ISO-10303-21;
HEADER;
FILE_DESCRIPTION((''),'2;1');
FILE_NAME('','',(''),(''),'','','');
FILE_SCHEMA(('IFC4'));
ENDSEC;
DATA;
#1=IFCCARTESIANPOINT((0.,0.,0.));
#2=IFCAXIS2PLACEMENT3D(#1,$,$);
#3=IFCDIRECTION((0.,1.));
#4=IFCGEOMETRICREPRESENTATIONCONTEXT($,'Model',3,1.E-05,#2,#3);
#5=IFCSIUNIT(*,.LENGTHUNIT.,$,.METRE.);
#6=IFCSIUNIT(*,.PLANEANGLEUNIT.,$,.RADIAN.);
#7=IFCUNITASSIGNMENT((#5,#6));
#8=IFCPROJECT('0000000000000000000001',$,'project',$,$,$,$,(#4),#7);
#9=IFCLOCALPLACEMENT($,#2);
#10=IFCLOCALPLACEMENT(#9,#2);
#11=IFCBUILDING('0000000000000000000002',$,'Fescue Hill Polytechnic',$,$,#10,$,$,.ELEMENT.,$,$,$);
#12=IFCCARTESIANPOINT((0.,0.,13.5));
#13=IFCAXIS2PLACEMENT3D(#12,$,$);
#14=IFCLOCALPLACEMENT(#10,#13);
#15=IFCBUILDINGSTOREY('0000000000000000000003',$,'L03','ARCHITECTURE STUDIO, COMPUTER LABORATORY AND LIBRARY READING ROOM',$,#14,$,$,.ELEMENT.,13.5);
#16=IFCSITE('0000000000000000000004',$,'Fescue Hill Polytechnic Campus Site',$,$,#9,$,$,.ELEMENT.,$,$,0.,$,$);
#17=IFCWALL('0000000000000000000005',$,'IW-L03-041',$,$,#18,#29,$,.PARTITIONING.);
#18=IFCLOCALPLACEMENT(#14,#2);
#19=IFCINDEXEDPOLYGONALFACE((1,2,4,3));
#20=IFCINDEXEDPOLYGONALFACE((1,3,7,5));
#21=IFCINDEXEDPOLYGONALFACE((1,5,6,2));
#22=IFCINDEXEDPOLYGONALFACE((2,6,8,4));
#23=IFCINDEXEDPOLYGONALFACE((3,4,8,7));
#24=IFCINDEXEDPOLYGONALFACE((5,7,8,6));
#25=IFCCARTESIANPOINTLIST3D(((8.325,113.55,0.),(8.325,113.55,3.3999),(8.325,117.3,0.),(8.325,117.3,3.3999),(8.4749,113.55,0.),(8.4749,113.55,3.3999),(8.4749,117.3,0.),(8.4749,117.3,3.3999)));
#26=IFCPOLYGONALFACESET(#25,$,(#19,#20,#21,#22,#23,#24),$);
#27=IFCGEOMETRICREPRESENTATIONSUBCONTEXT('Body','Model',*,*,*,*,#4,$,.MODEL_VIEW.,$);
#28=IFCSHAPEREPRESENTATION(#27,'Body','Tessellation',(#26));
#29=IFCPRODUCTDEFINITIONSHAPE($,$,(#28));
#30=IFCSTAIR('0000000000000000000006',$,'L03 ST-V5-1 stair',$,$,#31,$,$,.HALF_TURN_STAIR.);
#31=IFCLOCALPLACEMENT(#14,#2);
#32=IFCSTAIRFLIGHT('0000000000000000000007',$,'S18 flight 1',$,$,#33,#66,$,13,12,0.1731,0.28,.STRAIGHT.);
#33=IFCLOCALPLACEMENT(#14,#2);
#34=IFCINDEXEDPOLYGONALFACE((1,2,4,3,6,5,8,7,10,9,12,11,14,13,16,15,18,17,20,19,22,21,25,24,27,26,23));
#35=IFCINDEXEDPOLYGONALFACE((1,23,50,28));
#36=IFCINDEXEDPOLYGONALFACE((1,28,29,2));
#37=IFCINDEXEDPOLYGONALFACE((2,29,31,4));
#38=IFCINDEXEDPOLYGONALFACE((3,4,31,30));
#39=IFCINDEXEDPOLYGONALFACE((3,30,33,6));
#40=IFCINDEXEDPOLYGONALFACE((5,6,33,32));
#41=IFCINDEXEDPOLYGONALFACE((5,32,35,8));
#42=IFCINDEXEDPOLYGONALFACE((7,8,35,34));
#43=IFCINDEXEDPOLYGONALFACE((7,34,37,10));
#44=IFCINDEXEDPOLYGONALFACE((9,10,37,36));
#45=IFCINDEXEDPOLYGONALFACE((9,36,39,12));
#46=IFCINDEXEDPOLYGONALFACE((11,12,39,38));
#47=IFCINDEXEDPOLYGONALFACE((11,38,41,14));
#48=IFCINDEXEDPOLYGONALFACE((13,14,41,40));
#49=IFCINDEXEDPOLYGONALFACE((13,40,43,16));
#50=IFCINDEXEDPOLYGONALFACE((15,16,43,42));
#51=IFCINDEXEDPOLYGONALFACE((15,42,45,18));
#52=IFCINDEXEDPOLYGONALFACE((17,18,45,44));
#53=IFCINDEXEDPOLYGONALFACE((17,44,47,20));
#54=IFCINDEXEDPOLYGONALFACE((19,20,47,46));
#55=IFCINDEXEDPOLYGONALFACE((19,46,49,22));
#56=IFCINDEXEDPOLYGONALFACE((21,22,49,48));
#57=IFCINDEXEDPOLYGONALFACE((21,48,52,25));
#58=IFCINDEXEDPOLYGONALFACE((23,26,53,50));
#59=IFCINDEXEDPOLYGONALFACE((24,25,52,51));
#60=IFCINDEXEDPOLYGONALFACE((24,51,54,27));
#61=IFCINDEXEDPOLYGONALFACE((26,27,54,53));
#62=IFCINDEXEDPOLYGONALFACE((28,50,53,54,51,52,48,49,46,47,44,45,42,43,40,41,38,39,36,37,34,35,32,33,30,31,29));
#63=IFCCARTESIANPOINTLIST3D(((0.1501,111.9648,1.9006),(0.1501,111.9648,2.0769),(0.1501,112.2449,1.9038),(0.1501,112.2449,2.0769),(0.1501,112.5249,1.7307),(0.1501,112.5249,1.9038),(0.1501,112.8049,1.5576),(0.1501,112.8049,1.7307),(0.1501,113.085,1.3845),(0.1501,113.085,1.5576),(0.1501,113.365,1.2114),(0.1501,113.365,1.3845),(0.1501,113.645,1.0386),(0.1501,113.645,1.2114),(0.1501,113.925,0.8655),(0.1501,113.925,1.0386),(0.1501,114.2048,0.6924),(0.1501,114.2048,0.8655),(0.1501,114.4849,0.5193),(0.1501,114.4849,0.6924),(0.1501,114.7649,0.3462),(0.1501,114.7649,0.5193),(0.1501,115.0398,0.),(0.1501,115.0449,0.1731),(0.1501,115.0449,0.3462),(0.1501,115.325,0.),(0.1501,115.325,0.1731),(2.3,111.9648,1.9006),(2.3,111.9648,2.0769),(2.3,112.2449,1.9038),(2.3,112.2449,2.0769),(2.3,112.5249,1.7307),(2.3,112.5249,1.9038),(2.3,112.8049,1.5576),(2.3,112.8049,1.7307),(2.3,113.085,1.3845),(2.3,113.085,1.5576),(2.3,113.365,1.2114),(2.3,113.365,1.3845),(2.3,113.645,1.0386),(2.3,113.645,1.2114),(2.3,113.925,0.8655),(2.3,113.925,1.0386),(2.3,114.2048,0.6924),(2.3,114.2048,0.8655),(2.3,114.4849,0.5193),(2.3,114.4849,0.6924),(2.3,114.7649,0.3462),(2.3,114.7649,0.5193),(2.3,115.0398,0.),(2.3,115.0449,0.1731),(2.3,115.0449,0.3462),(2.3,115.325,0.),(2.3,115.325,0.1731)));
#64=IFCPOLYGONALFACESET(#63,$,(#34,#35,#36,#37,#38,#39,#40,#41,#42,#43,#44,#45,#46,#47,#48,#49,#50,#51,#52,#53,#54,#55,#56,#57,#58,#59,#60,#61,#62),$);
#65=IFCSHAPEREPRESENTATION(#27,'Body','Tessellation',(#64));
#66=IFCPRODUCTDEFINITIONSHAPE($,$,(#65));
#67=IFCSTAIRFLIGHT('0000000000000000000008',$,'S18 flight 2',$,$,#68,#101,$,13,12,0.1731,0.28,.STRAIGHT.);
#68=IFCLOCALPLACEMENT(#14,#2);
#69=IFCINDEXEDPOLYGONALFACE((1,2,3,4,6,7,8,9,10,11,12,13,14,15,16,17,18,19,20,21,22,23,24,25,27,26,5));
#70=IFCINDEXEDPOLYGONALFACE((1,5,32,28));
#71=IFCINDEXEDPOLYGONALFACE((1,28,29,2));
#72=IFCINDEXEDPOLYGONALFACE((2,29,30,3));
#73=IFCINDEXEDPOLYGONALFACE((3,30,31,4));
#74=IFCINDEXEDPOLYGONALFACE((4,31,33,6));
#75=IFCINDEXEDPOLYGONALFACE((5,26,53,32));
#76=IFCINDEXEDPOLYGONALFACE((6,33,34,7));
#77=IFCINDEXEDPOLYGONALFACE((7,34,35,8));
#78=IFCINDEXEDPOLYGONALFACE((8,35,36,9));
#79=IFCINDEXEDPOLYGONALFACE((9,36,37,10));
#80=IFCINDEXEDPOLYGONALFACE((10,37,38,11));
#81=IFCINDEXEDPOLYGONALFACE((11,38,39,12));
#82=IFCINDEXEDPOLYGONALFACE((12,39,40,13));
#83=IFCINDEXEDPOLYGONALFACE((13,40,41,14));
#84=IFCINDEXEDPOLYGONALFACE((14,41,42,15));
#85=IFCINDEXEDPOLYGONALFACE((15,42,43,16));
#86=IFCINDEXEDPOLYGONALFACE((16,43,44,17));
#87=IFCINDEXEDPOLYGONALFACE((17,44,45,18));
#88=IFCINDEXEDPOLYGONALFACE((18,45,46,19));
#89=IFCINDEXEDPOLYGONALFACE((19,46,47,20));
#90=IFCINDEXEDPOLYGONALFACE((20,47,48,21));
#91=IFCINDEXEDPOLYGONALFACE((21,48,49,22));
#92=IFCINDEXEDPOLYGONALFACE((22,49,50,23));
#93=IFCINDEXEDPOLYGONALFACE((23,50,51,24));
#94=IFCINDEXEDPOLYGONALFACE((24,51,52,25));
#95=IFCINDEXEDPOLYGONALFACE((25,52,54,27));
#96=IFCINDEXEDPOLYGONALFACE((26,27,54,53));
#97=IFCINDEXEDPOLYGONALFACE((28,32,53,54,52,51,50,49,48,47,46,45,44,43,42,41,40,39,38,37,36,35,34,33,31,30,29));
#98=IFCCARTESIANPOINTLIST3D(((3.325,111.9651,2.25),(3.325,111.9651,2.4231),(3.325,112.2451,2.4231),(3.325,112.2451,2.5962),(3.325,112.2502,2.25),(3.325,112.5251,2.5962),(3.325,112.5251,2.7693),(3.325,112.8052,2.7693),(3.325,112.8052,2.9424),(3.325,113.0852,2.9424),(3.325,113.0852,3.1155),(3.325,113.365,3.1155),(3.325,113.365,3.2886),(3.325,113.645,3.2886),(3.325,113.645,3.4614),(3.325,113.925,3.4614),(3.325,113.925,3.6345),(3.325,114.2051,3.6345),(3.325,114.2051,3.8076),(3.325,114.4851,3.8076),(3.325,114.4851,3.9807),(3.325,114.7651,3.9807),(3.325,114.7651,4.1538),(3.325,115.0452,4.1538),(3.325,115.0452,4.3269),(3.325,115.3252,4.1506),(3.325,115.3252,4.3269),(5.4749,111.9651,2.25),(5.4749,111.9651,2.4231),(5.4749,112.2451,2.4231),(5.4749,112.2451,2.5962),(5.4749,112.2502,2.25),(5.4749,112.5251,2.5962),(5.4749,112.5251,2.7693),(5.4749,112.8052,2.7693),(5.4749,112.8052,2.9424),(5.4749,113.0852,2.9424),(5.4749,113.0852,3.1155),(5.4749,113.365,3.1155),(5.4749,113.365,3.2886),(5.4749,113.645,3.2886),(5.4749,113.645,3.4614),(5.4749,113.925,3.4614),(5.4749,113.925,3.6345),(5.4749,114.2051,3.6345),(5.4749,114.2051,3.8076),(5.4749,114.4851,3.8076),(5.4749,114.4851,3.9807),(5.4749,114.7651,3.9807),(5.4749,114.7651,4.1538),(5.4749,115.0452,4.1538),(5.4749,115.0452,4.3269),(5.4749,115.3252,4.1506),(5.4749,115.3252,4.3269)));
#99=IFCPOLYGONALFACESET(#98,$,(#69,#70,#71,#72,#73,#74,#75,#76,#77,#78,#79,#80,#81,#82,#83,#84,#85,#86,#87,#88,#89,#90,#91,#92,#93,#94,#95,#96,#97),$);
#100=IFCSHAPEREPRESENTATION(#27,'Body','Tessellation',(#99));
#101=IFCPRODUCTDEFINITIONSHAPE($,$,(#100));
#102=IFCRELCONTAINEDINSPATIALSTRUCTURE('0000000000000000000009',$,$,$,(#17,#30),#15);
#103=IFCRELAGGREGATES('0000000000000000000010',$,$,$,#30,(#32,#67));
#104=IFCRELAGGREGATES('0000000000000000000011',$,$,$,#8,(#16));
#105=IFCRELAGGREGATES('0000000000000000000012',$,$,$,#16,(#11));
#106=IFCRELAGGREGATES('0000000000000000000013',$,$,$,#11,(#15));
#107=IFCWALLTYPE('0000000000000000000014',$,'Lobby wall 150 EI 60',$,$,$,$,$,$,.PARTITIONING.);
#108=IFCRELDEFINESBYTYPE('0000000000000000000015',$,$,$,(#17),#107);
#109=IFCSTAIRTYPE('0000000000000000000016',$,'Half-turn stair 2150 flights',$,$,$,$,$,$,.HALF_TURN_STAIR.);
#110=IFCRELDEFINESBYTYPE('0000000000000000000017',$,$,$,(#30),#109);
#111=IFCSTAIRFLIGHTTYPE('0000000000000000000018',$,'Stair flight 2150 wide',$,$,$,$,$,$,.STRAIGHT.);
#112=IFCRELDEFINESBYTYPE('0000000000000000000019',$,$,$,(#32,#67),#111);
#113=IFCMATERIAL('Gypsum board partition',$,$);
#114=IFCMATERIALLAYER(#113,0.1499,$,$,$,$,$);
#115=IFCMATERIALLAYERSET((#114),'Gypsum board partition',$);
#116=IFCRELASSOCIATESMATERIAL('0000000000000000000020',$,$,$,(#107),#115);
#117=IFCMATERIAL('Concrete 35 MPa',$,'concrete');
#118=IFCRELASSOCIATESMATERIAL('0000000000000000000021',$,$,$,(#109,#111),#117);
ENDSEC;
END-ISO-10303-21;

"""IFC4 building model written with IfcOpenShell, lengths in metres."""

from ifc_helpers import new_model, si_unit, direction, frame, frame_2d, origin, place, context, subcontext, project, spatial, polyline, rectangle, outline, extrude, material, layer, layer_set, type_object, element, aggregate, save


model = new_model("IFC4")

# Units and contexts
model_context = context("Model", 3, precision=1e-05, world=origin(), true_north=direction((0.0, 1.0)))
body_context = subcontext(model_context, "Body", "Model", "MODEL_VIEW")
ifc_project = project(units=[si_unit("LENGTHUNIT", "METRE"), si_unit("PLANEANGLEUNIT", "RADIAN")], contexts=[model_context])

# Site, building, storey
site_placement = place(None, origin())
site = spatial("IfcSite", under=ifc_project, at=site_placement, Name="Fescue Hill Polytechnic Campus Site", CompositionType="ELEMENT", RefElevation=0.0)
building_placement = place(site_placement, origin())
building = spatial("IfcBuilding", under=site, at=building_placement, Name="Fescue Hill Polytechnic", CompositionType="ELEMENT")
storey_placement = place(building_placement, frame((0.0, 0.0, 13.5)))
storey = spatial("IfcBuildingStorey", under=building, at=storey_placement, Name="L03", Description="ARCHITECTURE STUDIO, COMPUTER LABORATORY AND LIBRARY READING ROOM", CompositionType="ELEMENT", Elevation=13.5)

# Shared definitions
ifc_material_1 = material(Name="Concrete 35 MPa", Category="concrete")

# Wall
ifc_material_2 = material(Name="Gypsum board partition")
ifc_layer_1 = layer(ifc_material_2, 0.1499)
ifc_layer_set_1 = layer_set([ifc_layer_1], Name="Gypsum board partition")
wall_type_1 = type_object("IfcWallType", Name="Lobby wall 150 EI 60", PredefinedType="PARTITIONING", material=ifc_layer_set_1)
wall_1_placement = place(storey_placement, frame((8.3999, 113.55, 0.0), z_axis=(0.0, 0.0, 1.0), x_axis=(0.0, 1.0, 0.0)))
element("IfcWall", 1, at=wall_1_placement, inside=storey, type_object=wall_type_1, Name="IW-L03-041", PredefinedType="PARTITIONING", context=body_context, shape_type="SweptSolid", body=[
    extrude(rectangle(XDim=3.75, YDim=0.1499, at=frame_2d((1.875, 0.0))), origin(), (0.0, 0.0, 1.0), 3.3999),
])

# Stair, stair flights
stair_type = type_object("IfcStairType", Name="Half-turn stair 2150 flights", PredefinedType="HALF_TURN_STAIR", material=ifc_material_1)
stair_placement = place(storey_placement, origin())
stair = element("IfcStair", 2, at=stair_placement, inside=storey, type_object=stair_type, Name="L03 ST-V5-1 stair", PredefinedType="HALF_TURN_STAIR")
stair_flight_type = type_object("IfcStairFlightType", Name="Stair flight 2150 wide", PredefinedType="STRAIGHT", material=ifc_material_1)
stair_flight_1_placement = place(storey_placement, frame((1.2251, 115.325, 0.0), z_axis=(0.0, 0.0, 1.0), x_axis=(0.0, -1.0, 0.0)))
stair_flight_1 = element("IfcStairFlight", 3, at=stair_flight_1_placement, type_object=stair_flight_type, Name="S18 flight 1", NumberOfRisers=13, NumberOfTreads=12, PredefinedType="STRAIGHT", RiserHeight=0.1731, TreadLength=0.28, context=body_context, shape_type="SweptSolid", body=[
    extrude(outline(polyline([(0.0, 0.0), (0.0, 0.1731), (0.28, 0.1731), (0.28, 0.3462), (0.5601, 0.3462), (0.5601, 0.5193), (0.8401, 0.5193), (0.8401, 0.6924), (1.1201, 0.6924), (1.1201, 0.8655), (1.3999, 0.8655), (1.3999, 1.0386), (1.6799, 1.0386), (1.6799, 1.2114), (1.96, 1.2114), (1.96, 1.3845), (2.24, 1.3845), (2.24, 1.5576), (2.52, 1.5576), (2.52, 1.7307), (2.8, 1.7307), (2.8, 1.9038), (3.0801, 1.9038), (3.0801, 2.0769), (3.3601, 2.0769), (3.3601, 2.25), (3.3601, 1.9006), (0.2852, 0.0), (0.0, 0.0)])), frame((0.0, 1.075, 0.0), z_axis=(0.0, -1.0, 0.0), x_axis=(1.0, 0.0, 0.0)), (0.0, 0.0, 1.0), 2.1499),
])
stair_flight_2_placement = place(storey_placement, frame((4.3999, 111.9651, 2.25), z_axis=(0.0, 0.0, 1.0), x_axis=(0.0, 1.0, 0.0)))
stair_flight_2 = element("IfcStairFlight", 4, at=stair_flight_2_placement, type_object=stair_flight_type, Name="S18 flight 2", NumberOfRisers=13, NumberOfTreads=12, PredefinedType="STRAIGHT", RiserHeight=0.1731, TreadLength=0.28, context=body_context, shape_type="SweptSolid", body=[
    extrude(outline(polyline([(0.0, 0.0), (0.0, 0.1731), (0.28, 0.1731), (0.28, 0.3462), (0.5601, 0.3462), (0.5601, 0.5193), (0.8401, 0.5193), (0.8401, 0.6924), (1.1201, 0.6924), (1.1201, 0.8655), (1.3999, 0.8655), (1.3999, 1.0386), (1.6799, 1.0386), (1.6799, 1.2114), (1.96, 1.2114), (1.96, 1.3845), (2.24, 1.3845), (2.24, 1.5576), (2.52, 1.5576), (2.52, 1.7307), (2.8, 1.7307), (2.8, 1.9038), (3.0801, 1.9038), (3.0801, 2.0769), (3.3601, 2.0769), (3.3601, 2.25), (3.3601, 1.9006), (0.2852, 0.0), (0.0, 0.0)])), frame((0.0, 1.075, 0.0), z_axis=(0.0, -1.0, 0.0), x_axis=(1.0, 0.0, 0.0)), (0.0, 0.0, 1.0), 2.1499),
])
aggregate(stair, [stair_flight_1, stair_flight_2])

save(model, "model.ifc")
